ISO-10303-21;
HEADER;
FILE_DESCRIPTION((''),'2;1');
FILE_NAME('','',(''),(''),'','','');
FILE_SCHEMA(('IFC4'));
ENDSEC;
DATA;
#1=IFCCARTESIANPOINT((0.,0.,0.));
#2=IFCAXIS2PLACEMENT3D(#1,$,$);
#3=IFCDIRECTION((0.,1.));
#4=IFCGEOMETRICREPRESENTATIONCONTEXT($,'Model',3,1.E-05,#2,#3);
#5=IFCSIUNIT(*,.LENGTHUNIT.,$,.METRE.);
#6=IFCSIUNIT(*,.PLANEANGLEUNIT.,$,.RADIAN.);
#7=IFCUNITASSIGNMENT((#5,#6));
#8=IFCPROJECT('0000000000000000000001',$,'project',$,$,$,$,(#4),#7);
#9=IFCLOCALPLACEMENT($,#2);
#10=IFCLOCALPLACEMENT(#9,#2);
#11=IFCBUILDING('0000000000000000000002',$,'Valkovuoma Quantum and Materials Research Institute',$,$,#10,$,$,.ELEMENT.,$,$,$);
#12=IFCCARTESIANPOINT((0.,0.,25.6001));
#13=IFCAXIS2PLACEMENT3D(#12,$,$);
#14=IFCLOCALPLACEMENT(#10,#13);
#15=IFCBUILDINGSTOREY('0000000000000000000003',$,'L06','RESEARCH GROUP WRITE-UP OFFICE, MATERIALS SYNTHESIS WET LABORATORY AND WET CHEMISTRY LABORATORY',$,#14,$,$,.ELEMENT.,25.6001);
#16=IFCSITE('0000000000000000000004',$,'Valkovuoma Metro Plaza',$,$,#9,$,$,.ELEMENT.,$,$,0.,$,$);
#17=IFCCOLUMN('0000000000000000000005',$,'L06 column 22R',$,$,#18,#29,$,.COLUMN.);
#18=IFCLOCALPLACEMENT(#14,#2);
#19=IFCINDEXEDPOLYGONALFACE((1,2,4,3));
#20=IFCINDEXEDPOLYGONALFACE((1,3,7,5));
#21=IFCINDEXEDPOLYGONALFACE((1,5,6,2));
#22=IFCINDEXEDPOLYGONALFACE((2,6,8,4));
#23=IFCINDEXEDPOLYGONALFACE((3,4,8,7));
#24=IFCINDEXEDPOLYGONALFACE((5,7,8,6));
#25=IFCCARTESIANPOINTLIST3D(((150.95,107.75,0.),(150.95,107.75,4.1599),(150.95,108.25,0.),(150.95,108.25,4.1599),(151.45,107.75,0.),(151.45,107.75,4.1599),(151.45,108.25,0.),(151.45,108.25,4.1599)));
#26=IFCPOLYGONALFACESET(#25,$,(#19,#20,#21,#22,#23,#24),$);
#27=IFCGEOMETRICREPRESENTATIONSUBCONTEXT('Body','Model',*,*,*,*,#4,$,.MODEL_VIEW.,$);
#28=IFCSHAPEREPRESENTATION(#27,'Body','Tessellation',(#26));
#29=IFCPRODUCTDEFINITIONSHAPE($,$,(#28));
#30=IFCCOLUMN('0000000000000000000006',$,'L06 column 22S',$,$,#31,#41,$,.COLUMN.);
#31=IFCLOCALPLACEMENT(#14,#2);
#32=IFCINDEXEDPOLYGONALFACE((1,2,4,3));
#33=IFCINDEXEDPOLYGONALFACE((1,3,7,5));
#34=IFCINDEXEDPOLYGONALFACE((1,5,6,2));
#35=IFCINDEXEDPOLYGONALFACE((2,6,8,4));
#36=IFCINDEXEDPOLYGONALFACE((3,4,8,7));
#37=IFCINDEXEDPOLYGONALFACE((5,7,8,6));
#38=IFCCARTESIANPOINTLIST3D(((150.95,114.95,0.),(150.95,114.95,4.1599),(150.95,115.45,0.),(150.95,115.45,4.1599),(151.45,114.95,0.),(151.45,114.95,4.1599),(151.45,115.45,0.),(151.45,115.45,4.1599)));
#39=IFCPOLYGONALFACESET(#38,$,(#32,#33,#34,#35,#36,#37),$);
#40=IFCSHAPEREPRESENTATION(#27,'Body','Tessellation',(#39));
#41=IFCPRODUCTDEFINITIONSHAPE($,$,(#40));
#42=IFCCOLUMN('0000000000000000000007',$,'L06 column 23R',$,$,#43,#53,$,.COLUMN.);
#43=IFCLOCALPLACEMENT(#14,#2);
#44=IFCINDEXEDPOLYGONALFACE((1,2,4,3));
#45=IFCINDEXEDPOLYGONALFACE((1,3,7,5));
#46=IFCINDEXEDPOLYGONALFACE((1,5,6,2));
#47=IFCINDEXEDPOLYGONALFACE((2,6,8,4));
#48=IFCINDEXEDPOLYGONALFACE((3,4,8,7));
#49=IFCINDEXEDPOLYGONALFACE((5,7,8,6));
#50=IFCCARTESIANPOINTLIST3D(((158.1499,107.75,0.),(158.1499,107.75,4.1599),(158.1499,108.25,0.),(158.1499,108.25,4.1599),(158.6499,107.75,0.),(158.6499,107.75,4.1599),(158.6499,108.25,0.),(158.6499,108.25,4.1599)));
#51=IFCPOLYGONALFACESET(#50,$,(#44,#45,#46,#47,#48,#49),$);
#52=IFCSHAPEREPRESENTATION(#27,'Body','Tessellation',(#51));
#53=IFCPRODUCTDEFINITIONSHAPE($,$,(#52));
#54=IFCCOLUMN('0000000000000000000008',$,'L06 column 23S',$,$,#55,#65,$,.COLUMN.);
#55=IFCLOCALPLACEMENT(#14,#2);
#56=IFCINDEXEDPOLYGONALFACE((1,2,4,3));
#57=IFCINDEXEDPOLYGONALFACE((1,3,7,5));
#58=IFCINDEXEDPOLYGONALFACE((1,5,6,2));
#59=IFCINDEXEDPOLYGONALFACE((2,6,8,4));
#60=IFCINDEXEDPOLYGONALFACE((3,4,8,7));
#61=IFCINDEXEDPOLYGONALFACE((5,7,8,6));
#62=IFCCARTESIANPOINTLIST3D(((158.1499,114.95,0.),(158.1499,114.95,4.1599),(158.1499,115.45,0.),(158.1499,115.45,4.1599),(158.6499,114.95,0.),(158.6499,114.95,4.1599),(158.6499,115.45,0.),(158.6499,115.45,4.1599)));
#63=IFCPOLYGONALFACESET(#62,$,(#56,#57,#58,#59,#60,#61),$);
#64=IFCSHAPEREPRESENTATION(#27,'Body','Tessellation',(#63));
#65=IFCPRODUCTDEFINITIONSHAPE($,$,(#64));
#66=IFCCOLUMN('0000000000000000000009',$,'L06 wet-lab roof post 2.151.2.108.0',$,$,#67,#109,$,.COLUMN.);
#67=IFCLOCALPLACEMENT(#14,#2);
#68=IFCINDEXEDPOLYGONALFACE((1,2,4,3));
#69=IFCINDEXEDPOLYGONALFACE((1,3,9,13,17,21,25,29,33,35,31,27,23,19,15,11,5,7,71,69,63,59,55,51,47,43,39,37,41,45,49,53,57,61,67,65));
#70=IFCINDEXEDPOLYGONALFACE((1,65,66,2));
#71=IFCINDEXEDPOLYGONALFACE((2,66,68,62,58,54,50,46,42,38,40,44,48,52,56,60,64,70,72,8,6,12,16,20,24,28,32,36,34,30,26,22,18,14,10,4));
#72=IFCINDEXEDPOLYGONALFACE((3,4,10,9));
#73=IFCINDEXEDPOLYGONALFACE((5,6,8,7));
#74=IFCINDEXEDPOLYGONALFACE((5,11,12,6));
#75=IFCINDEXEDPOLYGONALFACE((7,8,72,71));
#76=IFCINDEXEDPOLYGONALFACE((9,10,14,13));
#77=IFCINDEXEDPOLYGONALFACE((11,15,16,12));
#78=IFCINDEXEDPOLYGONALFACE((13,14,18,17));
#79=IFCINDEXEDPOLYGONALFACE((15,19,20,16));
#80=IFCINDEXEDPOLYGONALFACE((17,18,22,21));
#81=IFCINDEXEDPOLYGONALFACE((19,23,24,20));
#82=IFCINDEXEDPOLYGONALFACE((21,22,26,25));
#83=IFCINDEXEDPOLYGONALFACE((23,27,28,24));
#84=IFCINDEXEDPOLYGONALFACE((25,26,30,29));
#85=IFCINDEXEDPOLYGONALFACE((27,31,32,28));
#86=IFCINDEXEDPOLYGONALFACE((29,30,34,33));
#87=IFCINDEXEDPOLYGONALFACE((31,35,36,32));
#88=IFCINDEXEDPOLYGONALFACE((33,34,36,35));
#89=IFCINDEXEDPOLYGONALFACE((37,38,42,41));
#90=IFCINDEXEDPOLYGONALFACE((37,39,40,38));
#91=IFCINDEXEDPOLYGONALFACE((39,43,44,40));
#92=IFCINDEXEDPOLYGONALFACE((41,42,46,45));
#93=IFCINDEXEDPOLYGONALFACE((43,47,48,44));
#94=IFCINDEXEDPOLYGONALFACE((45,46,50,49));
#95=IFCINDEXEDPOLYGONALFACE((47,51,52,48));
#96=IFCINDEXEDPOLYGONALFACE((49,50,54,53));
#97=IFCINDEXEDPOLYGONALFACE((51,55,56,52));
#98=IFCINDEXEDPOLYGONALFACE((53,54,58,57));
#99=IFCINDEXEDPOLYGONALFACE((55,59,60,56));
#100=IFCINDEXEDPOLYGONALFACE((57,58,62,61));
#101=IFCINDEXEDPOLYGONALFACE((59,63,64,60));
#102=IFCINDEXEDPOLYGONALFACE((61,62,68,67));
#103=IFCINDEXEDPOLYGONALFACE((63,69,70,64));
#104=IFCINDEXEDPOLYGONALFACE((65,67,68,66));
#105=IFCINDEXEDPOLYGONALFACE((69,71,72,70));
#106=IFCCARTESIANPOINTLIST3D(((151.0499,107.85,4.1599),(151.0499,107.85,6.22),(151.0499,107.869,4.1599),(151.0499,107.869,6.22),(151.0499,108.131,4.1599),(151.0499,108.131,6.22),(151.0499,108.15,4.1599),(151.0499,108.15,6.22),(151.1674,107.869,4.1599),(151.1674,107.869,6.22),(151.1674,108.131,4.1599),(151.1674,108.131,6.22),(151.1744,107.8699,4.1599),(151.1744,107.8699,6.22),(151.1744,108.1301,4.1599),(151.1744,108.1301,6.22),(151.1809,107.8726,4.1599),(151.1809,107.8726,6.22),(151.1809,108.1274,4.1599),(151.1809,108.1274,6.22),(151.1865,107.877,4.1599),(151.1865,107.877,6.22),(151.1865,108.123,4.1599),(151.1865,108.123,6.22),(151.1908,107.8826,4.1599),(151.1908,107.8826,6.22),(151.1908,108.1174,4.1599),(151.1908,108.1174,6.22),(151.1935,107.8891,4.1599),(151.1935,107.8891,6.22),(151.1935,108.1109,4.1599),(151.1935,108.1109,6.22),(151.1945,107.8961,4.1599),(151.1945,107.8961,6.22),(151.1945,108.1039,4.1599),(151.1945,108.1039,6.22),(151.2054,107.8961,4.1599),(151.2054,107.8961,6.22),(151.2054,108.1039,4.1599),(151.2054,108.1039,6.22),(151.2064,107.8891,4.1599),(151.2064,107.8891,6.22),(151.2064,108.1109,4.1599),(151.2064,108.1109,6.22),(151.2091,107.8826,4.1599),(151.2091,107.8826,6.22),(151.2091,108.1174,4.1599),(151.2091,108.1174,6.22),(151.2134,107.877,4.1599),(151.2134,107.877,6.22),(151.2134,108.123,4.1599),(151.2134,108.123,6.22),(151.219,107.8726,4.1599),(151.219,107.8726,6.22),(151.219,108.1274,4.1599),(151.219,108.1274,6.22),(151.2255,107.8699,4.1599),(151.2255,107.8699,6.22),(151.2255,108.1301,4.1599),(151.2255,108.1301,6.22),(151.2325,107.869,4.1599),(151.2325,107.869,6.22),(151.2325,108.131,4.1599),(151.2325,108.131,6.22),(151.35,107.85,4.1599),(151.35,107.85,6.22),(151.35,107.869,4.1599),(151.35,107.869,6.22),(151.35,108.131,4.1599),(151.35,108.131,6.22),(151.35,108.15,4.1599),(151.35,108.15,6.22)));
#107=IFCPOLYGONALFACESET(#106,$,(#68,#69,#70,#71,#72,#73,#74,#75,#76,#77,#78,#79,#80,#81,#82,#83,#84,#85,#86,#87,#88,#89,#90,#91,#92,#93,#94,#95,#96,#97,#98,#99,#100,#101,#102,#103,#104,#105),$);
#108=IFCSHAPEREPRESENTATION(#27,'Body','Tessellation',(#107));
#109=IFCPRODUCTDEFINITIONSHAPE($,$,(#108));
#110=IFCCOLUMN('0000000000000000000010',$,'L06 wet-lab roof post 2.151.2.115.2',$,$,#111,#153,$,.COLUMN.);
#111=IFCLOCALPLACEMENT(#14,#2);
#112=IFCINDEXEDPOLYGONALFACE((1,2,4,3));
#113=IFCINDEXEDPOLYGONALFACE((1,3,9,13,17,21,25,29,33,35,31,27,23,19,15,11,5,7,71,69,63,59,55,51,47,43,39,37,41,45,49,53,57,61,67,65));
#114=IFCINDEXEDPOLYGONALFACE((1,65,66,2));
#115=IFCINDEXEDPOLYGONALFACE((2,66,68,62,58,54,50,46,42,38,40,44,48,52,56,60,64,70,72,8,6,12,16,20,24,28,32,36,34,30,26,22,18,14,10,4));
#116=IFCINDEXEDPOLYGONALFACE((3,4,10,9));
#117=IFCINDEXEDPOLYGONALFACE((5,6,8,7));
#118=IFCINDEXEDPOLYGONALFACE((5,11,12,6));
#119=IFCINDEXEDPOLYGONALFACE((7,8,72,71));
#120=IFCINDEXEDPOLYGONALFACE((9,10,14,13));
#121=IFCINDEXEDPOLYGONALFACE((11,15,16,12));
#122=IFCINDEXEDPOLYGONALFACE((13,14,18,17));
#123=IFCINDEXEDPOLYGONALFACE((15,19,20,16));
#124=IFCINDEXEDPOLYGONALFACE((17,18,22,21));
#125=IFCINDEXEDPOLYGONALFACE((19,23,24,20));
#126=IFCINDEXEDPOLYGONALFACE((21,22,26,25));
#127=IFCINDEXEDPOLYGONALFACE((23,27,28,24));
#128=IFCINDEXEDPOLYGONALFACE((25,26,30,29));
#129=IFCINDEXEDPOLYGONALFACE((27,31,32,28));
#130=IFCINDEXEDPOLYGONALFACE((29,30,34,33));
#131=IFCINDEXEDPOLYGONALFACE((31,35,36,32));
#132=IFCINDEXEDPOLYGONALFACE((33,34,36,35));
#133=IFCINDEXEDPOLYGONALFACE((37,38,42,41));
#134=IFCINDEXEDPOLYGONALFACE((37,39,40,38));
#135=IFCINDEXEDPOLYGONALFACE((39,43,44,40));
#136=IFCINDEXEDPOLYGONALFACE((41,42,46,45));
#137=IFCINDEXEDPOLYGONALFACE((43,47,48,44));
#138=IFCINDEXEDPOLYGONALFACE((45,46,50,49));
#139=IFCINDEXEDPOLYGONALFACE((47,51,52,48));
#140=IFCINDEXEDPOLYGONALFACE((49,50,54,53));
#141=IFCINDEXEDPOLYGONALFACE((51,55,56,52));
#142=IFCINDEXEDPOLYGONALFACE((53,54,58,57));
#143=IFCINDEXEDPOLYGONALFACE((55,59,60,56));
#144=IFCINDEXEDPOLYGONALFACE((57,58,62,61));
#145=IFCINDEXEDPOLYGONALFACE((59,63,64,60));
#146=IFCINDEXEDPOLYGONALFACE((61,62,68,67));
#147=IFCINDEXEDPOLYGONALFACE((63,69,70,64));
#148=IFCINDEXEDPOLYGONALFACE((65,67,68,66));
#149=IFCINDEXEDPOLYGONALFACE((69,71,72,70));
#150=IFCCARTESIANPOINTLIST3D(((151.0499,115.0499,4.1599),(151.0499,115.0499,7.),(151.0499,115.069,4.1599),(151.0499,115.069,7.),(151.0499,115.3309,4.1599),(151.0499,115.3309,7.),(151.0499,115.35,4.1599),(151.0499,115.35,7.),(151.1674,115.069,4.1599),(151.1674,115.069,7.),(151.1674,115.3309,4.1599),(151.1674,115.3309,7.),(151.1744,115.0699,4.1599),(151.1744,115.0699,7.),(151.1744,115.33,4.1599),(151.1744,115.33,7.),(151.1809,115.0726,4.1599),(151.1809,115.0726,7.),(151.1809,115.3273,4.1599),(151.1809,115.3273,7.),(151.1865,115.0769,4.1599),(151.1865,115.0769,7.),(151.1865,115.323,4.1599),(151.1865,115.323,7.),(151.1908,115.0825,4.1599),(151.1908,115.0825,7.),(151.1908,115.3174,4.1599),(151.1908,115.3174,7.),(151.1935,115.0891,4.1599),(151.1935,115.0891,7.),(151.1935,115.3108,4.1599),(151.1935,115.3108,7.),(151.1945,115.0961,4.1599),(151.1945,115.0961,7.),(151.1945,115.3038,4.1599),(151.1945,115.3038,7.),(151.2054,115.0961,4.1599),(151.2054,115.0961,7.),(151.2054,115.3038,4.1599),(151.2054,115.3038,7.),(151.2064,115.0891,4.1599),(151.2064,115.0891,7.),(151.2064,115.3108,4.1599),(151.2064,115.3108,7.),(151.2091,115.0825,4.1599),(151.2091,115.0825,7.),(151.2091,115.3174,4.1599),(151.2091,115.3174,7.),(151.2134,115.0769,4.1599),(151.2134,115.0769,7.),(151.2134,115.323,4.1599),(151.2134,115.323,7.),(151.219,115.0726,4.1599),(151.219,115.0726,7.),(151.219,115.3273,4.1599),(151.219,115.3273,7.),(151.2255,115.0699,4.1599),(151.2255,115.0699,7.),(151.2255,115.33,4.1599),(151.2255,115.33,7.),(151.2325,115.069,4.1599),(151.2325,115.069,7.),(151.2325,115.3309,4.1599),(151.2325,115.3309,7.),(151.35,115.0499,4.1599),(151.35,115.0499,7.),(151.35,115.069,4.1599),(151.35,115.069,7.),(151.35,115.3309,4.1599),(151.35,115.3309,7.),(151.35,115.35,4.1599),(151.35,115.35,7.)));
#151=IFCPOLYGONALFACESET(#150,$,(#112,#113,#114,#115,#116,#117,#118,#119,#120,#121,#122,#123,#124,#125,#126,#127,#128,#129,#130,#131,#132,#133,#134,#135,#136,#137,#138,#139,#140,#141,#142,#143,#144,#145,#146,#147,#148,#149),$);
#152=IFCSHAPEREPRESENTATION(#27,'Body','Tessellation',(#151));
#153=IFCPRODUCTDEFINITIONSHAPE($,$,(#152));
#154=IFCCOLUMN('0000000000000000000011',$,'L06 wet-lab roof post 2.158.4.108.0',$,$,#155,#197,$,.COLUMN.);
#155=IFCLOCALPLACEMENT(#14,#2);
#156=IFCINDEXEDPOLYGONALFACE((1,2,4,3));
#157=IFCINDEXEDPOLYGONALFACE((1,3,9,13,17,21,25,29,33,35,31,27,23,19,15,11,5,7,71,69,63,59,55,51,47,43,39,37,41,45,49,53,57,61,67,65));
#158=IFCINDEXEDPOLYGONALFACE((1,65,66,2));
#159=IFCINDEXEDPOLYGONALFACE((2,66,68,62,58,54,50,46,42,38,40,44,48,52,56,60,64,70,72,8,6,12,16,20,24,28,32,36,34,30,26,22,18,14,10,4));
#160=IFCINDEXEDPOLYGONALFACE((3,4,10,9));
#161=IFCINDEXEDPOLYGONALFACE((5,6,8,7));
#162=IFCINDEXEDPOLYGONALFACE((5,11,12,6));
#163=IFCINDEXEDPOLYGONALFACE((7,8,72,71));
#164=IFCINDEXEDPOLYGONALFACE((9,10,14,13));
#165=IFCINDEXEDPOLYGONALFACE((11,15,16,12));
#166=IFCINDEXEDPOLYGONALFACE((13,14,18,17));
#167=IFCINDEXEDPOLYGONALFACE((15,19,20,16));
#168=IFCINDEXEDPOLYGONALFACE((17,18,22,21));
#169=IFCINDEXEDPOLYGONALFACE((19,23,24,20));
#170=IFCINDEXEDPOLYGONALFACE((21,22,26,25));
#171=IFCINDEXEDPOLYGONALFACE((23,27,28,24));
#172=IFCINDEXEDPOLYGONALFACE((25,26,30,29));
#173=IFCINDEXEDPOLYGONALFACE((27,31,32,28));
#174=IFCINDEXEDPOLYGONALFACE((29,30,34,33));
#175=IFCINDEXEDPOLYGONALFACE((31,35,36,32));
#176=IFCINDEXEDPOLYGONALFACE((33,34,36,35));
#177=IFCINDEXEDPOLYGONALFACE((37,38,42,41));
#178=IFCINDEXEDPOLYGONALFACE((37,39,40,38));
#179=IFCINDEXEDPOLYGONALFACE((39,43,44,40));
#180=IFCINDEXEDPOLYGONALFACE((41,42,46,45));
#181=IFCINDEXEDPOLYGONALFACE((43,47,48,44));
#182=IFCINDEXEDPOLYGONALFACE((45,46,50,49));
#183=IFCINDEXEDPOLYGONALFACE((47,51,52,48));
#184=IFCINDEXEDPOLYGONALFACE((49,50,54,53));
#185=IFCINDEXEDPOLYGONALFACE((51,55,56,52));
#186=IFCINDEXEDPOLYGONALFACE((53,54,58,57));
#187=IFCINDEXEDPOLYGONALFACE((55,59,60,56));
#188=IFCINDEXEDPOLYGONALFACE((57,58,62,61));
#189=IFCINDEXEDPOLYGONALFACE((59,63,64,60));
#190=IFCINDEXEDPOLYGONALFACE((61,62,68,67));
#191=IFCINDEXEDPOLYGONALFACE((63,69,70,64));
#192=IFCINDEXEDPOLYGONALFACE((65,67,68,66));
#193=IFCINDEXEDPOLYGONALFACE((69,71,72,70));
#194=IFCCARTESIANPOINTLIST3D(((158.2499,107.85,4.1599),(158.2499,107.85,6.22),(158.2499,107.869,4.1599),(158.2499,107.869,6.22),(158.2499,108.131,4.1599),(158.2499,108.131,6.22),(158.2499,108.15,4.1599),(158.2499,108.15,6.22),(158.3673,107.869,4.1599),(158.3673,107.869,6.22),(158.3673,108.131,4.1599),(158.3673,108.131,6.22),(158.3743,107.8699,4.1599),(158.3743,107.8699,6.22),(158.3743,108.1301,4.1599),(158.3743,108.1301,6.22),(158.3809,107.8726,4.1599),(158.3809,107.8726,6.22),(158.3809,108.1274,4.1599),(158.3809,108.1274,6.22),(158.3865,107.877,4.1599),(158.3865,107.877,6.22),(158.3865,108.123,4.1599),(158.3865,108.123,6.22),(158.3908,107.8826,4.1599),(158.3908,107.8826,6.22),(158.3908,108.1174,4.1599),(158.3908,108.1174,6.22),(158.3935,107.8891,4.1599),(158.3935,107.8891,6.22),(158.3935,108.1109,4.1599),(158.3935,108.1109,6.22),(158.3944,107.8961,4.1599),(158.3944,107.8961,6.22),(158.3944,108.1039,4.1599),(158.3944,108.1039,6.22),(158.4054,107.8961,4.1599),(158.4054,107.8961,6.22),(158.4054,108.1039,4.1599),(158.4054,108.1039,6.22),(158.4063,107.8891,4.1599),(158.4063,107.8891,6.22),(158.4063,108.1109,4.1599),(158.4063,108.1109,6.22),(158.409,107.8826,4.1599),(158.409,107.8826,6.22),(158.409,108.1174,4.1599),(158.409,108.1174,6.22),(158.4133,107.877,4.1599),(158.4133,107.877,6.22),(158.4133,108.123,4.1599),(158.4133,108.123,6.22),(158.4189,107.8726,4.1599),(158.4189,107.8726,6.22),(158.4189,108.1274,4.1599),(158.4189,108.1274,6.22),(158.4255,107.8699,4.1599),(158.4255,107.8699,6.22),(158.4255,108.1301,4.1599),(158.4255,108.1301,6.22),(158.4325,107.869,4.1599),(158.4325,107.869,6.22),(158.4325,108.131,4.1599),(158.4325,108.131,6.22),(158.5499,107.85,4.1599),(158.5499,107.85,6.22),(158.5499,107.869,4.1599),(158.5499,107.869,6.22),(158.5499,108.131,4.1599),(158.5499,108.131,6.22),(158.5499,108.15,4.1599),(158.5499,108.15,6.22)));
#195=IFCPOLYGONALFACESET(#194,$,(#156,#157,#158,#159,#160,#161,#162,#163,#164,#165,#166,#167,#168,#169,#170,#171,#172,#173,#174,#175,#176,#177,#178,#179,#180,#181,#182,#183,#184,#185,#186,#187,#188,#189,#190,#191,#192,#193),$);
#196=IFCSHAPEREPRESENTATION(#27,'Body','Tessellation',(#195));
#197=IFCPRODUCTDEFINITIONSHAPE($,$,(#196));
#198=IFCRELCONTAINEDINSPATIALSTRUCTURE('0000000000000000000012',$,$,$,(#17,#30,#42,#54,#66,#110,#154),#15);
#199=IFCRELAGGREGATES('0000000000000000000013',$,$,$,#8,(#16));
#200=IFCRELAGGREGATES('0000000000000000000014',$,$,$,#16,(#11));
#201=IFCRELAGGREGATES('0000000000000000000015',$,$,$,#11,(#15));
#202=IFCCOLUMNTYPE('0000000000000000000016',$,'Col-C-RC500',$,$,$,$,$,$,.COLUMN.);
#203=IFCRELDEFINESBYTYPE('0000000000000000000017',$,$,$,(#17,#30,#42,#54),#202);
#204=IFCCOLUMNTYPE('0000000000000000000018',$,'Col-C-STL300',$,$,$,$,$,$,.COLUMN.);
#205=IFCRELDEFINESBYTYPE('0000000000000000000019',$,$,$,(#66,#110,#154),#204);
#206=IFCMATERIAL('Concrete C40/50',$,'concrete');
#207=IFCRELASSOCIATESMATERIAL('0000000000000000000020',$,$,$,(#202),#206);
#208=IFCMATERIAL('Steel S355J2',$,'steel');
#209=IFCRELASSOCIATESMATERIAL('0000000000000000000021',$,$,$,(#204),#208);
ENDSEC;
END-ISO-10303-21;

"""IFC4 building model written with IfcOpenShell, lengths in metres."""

from ifc_helpers import new_model, si_unit, direction, frame, origin, origin_2d, place, context, subcontext, project, spatial, rectangle, i_section, extrude, material, material_profile, profile_set, type_object, element, save


model = new_model("IFC4")

# Units and contexts
model_context = context("Model", 3, precision=1e-05, world=origin(), true_north=direction((0.0, 1.0)))
body_context = subcontext(model_context, "Body", "Model", "MODEL_VIEW")
ifc_project = project(units=[si_unit("LENGTHUNIT", "METRE"), si_unit("PLANEANGLEUNIT", "RADIAN")], contexts=[model_context])

# Site, building, storey
site_placement = place(None, origin())
site = spatial("IfcSite", under=ifc_project, at=site_placement, Name="Valkovuoma Metro Plaza", CompositionType="ELEMENT", RefElevation=0.0)
building_placement = place(site_placement, origin())
building = spatial("IfcBuilding", under=site, at=building_placement, Name="Valkovuoma Quantum and Materials Research Institute", CompositionType="ELEMENT")
storey_placement = place(building_placement, frame((0.0, 0.0, 25.6001)))
storey = spatial("IfcBuildingStorey", under=building, at=storey_placement, Name="L06", Description="RESEARCH GROUP WRITE-UP OFFICE, MATERIALS SYNTHESIS WET LABORATORY AND WET CHEMISTRY LABORATORY", CompositionType="ELEMENT", Elevation=25.6001)

# Columns
ifc_material_1 = material(Name="Concrete C40/50", Category="concrete")
ifc_material_profile_1 = material_profile(ifc_material_1, rectangle(XDim=0.5, YDim=0.5, at=origin_2d()), Name="Concrete C40/50")
ifc_profile_set_1 = profile_set([ifc_material_profile_1], Name="Concrete C40/50")
column_type_1 = type_object("IfcColumnType", Name="Col-C-RC500", PredefinedType="COLUMN", material=ifc_profile_set_1)
for number, where, z_axis, x_axis, name in (
    (1, (151.2, 108.0, 0.0), (0.0, 0.0, 1.0), (1.0, 0.0, 0.0), "L06 column 22R"),
    (2, (151.2, 115.2, 0.0), (0.0, 0.0, 1.0), (1.0, 0.0, 0.0), "L06 column 22S"),
    (3, (158.3999, 108.0, 0.0), (0.0, 0.0, 1.0), (1.0, 0.0, 0.0), "L06 column 23R"),
    (4, (158.3999, 115.2, 0.0), (0.0, 0.0, 1.0), (1.0, 0.0, 0.0), "L06 column 23S"),
):
    element("IfcColumn", number, at=place(storey_placement, frame(where, z_axis=z_axis, x_axis=x_axis)), inside=storey, type_object=column_type_1, Name=name, PredefinedType="COLUMN", context=body_context, shape_type="SweptSolid", body=[
        extrude(rectangle(XDim=0.5, YDim=0.5, at=origin_2d()), origin(), (0.0, 0.0, 1.0), 4.1599),
    ])
ifc_material_2 = material(Name="Steel S355J2", Category="steel")
ifc_material_profile_2 = material_profile(ifc_material_2, i_section(OverallWidth=0.3, OverallDepth=0.3, WebThickness=0.011, FlangeThickness=0.019, FilletRadius=0.0271, at=origin_2d()), Name="Steel S355J2")
ifc_profile_set_2 = profile_set([ifc_material_profile_2], Name="Steel S355J2")
column_type_2 = type_object("IfcColumnType", Name="Col-C-STL300", PredefinedType="COLUMN", material=ifc_profile_set_2)
column_1_placement = place(storey_placement, frame((151.2, 108.0, 4.1599), z_axis=(0.0, 0.0, 1.0), x_axis=(1.0, 0.0, 0.0)))
element("IfcColumn", 5, at=column_1_placement, inside=storey, type_object=column_type_2, Name="L06 wet-lab roof post 2.151.2.108.0", PredefinedType="COLUMN", context=body_context, shape_type="SweptSolid", body=[
    extrude(i_section(OverallWidth=0.3, OverallDepth=0.3, WebThickness=0.011, FlangeThickness=0.019, FilletRadius=0.0271, at=origin_2d()), origin(), (0.0, 0.0, 1.0), 2.0601),
])
column_2_placement = place(storey_placement, frame((151.2, 115.2, 4.1599), z_axis=(0.0, 0.0, 1.0), x_axis=(1.0, 0.0, 0.0)))
element("IfcColumn", 6, at=column_2_placement, inside=storey, type_object=column_type_2, Name="L06 wet-lab roof post 2.151.2.115.2", PredefinedType="COLUMN", context=body_context, shape_type="SweptSolid", body=[
    extrude(i_section(OverallWidth=0.3, OverallDepth=0.3, WebThickness=0.011, FlangeThickness=0.019, FilletRadius=0.0271, at=origin_2d()), origin(), (0.0, 0.0, 1.0), 2.8401),
])
column_3_placement = place(storey_placement, frame((158.3999, 108.0, 4.1599), z_axis=(0.0, 0.0, 1.0), x_axis=(1.0, 0.0, 0.0)))
element("IfcColumn", 7, at=column_3_placement, inside=storey, type_object=column_type_2, Name="L06 wet-lab roof post 2.158.4.108.0", PredefinedType="COLUMN", context=body_context, shape_type="SweptSolid", body=[
    extrude(i_section(OverallWidth=0.3, OverallDepth=0.3, WebThickness=0.011, FlangeThickness=0.019, FilletRadius=0.0271, at=origin_2d()), origin(), (0.0, 0.0, 1.0), 2.0601),
])

save(model, "model.ifc")
